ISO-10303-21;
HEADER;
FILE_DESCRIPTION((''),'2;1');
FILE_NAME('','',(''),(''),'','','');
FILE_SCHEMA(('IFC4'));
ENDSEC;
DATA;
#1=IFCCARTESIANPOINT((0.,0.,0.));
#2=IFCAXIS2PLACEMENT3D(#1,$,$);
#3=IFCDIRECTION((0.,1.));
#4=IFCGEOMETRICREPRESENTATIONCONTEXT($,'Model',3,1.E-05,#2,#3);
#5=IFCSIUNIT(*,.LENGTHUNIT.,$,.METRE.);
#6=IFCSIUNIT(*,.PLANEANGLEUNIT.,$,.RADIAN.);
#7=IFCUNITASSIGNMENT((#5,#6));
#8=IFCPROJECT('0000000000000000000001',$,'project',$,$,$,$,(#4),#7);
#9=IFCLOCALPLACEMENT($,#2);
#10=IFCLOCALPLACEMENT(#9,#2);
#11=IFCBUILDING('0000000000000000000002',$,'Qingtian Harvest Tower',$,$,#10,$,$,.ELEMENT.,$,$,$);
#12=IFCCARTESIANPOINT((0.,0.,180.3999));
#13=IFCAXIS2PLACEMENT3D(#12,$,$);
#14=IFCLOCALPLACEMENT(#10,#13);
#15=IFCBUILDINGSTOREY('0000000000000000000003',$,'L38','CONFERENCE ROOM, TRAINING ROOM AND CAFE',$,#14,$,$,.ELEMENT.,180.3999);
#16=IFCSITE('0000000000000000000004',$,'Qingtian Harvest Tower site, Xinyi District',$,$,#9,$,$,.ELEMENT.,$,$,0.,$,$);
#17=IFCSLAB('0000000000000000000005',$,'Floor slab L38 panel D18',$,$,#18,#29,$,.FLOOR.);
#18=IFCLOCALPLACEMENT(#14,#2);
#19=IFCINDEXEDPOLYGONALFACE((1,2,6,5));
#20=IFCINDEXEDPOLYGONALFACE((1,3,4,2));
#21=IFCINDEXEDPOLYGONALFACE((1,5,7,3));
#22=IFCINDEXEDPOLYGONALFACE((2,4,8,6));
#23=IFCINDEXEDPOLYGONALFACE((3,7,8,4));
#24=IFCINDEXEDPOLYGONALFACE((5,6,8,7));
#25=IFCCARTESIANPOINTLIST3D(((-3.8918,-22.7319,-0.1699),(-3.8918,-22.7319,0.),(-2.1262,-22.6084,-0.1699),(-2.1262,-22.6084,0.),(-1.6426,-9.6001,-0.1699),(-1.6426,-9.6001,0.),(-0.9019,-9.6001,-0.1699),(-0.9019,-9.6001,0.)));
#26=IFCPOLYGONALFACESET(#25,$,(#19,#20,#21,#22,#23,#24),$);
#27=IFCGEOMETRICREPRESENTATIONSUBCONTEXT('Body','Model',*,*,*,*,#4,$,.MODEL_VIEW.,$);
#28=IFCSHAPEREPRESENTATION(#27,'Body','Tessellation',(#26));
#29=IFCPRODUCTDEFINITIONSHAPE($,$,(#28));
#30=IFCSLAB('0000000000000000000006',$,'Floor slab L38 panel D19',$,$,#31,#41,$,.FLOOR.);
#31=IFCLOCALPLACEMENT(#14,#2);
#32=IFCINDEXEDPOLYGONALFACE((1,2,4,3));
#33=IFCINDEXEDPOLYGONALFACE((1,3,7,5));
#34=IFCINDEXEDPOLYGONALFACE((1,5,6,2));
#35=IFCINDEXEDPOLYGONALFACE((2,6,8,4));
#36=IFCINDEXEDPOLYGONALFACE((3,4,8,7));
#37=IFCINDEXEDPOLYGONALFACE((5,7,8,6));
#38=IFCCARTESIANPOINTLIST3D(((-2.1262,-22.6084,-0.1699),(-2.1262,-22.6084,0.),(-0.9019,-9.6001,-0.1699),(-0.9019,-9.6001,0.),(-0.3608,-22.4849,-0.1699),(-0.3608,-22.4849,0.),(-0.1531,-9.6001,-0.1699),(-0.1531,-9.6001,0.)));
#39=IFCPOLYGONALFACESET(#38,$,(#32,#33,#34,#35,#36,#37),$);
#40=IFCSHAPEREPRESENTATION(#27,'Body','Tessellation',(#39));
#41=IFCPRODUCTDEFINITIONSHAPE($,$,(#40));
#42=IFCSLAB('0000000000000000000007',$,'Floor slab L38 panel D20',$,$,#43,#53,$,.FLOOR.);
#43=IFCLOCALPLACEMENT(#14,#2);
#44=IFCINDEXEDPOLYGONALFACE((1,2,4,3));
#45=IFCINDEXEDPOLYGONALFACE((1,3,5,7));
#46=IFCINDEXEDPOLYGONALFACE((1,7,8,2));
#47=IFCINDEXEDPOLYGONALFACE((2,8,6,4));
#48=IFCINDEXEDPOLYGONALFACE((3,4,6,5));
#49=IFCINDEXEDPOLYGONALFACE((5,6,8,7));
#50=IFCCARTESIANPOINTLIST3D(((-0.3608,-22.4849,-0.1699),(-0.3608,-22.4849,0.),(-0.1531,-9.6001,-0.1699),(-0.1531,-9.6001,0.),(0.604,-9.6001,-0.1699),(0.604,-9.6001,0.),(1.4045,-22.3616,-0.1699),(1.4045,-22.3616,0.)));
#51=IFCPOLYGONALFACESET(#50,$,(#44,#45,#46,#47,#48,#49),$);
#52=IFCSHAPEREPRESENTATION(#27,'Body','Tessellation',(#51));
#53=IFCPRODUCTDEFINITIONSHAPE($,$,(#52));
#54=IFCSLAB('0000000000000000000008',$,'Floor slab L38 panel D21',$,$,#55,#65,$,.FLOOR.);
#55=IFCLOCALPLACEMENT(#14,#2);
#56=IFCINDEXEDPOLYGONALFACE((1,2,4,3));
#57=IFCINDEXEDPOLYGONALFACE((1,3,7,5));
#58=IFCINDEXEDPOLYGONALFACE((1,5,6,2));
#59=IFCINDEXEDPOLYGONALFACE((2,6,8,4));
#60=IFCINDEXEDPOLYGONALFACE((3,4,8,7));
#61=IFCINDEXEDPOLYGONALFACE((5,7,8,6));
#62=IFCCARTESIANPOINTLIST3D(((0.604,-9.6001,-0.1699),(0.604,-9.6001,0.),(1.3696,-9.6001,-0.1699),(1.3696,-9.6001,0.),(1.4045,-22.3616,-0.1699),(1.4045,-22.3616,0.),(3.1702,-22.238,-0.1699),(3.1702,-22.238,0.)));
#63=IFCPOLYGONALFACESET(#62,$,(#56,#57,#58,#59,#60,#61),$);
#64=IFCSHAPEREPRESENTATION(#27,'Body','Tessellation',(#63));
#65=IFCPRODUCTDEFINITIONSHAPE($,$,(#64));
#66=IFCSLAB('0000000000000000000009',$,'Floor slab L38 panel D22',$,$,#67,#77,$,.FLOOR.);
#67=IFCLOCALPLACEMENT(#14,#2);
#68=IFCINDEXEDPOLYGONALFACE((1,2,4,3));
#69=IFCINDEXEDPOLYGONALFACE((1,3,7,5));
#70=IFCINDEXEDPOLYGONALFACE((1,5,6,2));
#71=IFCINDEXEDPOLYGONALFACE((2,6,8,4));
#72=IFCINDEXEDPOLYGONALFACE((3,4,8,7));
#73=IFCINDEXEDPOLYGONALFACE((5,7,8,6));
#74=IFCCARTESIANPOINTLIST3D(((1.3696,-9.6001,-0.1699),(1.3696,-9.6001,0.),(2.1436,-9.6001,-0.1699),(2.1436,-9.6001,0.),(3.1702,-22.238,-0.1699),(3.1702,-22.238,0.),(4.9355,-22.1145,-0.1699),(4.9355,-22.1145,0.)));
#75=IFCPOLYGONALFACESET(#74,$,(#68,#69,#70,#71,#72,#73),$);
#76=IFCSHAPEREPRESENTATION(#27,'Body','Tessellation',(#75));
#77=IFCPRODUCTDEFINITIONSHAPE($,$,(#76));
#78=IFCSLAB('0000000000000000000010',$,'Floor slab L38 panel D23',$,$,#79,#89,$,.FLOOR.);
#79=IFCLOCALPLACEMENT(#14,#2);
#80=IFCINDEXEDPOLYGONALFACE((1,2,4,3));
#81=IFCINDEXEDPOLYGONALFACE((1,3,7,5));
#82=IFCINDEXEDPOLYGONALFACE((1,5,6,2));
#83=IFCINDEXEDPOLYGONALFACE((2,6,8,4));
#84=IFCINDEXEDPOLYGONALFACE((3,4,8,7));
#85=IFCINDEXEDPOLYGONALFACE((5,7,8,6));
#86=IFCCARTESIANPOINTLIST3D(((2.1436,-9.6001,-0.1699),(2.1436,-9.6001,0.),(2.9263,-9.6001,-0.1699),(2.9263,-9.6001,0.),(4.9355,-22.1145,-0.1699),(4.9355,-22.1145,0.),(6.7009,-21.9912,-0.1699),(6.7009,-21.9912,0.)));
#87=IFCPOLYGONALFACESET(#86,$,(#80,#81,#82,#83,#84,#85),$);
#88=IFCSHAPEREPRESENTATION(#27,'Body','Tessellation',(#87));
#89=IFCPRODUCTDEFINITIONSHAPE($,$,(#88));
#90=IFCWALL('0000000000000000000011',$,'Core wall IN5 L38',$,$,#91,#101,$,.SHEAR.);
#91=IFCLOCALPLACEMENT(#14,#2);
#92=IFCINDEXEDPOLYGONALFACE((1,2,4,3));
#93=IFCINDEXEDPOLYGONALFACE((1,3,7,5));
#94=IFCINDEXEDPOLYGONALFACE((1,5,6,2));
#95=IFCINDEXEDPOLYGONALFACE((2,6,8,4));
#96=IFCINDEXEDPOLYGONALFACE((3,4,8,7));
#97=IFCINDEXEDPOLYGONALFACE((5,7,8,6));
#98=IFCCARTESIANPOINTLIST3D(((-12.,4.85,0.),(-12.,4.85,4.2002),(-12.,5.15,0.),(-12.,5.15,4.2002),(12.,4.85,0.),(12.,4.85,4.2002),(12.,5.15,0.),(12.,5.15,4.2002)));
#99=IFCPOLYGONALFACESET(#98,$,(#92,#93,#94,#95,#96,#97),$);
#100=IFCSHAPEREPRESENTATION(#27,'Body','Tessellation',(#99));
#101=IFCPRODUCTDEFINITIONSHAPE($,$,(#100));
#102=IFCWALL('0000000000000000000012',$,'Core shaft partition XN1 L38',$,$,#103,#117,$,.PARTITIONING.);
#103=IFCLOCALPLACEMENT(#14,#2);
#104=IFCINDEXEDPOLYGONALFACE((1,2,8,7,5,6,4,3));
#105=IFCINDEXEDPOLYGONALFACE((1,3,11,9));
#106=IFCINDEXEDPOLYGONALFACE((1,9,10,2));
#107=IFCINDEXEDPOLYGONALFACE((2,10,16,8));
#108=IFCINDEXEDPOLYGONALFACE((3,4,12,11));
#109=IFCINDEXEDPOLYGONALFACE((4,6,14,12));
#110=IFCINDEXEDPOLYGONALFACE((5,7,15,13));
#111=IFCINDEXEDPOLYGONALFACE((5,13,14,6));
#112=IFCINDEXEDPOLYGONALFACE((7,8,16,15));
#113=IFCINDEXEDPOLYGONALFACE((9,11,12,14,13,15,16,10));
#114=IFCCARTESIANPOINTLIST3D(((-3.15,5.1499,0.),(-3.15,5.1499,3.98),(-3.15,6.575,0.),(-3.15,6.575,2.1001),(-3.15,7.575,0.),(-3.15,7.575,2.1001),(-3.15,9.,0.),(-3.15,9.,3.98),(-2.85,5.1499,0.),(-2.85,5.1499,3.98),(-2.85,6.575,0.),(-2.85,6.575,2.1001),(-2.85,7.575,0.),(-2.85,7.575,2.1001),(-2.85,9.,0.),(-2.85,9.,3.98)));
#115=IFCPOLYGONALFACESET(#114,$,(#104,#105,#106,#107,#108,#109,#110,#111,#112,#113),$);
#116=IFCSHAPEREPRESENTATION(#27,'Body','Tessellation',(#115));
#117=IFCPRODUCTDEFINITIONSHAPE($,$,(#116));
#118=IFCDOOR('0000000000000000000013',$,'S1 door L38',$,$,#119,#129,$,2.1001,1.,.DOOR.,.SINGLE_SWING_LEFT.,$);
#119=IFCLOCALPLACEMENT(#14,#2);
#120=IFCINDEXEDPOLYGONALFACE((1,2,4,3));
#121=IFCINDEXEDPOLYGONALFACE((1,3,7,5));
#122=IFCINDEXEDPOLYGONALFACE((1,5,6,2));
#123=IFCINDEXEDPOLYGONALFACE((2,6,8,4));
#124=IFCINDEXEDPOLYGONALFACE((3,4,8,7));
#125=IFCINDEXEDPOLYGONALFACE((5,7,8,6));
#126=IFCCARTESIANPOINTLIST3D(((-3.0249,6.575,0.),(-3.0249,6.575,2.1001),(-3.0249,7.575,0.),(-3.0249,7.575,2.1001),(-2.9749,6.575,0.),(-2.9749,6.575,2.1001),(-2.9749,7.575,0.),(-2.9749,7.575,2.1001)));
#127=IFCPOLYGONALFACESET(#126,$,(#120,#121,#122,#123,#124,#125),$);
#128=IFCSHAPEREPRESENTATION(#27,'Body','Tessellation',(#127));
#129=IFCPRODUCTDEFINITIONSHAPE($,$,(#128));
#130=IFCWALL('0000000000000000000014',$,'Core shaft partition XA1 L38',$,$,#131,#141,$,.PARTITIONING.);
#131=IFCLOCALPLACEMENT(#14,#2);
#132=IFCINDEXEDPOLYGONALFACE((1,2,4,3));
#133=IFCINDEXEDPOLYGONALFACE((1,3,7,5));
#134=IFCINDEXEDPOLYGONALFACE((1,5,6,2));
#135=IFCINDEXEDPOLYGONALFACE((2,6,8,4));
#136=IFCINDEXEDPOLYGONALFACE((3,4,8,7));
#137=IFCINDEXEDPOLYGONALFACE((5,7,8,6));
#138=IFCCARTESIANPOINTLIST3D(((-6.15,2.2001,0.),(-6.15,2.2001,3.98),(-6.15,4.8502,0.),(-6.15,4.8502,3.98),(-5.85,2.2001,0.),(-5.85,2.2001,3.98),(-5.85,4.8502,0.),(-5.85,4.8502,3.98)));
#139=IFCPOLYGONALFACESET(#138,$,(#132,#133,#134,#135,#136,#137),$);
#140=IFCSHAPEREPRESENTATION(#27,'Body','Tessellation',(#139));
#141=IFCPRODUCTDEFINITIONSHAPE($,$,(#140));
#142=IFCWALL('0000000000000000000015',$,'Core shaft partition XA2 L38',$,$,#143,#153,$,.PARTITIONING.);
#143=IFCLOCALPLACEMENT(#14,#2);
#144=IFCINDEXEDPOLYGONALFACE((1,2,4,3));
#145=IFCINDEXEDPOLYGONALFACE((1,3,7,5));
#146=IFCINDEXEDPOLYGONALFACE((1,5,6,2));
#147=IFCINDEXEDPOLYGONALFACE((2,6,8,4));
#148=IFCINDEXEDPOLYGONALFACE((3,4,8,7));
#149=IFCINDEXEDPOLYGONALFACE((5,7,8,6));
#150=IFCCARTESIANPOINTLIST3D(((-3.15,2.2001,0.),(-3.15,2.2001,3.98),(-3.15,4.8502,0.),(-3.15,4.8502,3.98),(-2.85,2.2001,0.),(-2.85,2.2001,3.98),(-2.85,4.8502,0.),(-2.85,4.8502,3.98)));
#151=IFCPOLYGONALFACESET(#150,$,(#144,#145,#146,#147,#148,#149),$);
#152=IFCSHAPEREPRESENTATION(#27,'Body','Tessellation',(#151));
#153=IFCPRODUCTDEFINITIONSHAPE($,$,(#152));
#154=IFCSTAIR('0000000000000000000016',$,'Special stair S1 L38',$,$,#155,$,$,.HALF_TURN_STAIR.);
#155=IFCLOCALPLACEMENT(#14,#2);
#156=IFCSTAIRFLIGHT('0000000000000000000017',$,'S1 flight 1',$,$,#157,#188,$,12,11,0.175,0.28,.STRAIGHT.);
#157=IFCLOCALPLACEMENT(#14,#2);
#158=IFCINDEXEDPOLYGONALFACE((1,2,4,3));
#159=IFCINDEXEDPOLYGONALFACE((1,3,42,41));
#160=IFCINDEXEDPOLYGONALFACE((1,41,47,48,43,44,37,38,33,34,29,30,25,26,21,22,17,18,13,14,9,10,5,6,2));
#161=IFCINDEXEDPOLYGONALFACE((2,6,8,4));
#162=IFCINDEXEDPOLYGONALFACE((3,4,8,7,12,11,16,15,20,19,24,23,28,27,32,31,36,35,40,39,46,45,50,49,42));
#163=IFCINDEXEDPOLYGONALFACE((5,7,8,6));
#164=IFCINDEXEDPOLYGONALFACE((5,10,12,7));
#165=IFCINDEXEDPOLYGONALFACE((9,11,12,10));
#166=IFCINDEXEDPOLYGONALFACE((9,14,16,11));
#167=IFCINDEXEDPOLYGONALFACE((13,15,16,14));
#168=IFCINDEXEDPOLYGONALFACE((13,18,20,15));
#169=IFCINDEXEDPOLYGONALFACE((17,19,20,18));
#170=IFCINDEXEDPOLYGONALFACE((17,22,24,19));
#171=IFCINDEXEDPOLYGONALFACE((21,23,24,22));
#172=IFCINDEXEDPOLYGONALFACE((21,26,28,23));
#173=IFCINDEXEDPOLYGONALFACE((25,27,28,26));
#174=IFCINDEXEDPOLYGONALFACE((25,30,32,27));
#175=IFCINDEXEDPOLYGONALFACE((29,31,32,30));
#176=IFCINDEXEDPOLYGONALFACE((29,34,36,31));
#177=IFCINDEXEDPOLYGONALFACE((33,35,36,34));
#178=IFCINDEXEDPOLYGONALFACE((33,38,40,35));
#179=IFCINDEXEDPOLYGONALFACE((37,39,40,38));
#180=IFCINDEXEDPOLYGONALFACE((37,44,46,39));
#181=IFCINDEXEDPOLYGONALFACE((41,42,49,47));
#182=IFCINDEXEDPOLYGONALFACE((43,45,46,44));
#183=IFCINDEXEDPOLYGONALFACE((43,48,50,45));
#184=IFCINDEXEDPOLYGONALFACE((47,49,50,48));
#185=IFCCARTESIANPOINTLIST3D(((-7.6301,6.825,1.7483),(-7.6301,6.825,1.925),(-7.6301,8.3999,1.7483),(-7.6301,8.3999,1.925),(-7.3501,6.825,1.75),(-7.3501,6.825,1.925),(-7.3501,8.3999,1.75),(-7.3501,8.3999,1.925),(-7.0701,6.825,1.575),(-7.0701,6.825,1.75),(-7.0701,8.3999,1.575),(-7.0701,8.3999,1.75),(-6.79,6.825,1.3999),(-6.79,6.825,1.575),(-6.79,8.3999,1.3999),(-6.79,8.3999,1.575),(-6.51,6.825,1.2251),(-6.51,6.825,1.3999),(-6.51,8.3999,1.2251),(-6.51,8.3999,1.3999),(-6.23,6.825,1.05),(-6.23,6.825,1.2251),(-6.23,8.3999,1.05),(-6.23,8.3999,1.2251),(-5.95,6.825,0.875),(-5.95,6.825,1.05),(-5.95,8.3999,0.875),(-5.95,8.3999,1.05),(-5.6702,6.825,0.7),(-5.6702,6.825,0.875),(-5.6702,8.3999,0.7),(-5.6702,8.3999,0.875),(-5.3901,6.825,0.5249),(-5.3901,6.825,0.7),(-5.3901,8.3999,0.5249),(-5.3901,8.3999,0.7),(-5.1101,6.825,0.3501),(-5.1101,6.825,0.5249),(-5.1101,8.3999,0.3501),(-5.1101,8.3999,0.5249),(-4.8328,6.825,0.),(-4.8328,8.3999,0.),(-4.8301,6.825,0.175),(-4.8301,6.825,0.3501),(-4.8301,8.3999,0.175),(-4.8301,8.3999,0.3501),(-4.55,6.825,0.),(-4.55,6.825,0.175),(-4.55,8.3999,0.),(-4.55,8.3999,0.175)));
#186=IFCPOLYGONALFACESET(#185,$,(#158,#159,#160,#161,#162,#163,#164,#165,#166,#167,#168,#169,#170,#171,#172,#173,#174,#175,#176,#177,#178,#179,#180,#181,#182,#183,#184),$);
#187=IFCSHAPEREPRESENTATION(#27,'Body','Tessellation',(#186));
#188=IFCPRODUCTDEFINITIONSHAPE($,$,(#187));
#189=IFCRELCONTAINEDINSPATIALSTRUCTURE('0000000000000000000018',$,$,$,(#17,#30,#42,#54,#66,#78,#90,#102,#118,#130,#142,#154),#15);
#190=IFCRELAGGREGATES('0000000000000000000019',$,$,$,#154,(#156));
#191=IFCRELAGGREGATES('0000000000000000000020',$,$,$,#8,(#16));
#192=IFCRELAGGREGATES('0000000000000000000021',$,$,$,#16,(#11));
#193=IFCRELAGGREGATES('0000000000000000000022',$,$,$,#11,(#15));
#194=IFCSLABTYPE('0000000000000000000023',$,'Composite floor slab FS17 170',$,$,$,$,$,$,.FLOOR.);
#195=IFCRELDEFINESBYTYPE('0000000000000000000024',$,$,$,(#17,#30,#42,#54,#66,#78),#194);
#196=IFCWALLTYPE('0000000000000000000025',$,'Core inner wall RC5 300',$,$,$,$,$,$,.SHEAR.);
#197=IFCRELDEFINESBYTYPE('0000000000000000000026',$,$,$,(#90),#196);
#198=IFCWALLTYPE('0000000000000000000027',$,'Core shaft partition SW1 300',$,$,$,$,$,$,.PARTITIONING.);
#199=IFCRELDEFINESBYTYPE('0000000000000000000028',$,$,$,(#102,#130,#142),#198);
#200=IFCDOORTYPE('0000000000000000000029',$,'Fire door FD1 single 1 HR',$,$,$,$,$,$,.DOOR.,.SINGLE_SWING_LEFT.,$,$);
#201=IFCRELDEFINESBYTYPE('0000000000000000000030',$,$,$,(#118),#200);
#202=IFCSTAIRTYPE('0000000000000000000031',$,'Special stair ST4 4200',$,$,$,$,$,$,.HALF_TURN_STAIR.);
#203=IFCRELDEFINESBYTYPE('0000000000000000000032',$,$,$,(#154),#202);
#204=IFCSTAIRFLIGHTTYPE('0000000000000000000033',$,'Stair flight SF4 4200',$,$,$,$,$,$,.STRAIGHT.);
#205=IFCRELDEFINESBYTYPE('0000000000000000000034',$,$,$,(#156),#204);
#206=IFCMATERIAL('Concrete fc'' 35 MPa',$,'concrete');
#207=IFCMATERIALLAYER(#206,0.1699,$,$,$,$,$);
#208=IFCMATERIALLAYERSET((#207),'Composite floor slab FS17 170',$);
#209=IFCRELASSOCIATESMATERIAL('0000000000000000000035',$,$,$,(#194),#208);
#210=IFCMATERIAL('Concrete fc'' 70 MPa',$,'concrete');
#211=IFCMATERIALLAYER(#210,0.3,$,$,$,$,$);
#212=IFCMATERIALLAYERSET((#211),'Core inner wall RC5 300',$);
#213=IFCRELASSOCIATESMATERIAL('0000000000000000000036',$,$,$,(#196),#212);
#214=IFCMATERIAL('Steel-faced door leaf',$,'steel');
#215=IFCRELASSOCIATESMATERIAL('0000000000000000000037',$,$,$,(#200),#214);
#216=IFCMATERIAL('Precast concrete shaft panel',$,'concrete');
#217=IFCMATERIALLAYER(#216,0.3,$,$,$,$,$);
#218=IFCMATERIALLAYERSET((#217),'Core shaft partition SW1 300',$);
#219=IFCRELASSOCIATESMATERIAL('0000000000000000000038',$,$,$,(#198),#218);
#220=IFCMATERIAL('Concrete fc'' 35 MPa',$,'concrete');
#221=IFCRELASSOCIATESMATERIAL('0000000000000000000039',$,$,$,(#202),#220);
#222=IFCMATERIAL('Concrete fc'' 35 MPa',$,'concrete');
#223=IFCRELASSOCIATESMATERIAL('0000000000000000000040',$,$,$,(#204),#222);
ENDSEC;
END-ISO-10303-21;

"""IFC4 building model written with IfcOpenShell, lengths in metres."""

from ifc_helpers import new_model, si_unit, direction, frame, frame_2d, origin, place, context, subcontext, project, spatial, polyline, rectangle, outline, extrude, material, layer, layer_set, type_object, element, fill, aggregate, save


model = new_model("IFC4")

# Units and contexts
model_context = context("Model", 3, precision=1e-05, world=origin(), true_north=direction((0.0, 1.0)))
body_context = subcontext(model_context, "Body", "Model", "MODEL_VIEW")
ifc_project = project(units=[si_unit("LENGTHUNIT", "METRE"), si_unit("PLANEANGLEUNIT", "RADIAN")], contexts=[model_context])

# Site, building, storey
site_placement = place(None, origin())
site = spatial("IfcSite", under=ifc_project, at=site_placement, Name="Qingtian Harvest Tower site, Xinyi District", CompositionType="ELEMENT", RefElevation=0.0)
building_placement = place(site_placement, origin())
building = spatial("IfcBuilding", under=site, at=building_placement, Name="Qingtian Harvest Tower", CompositionType="ELEMENT")
storey_placement = place(building_placement, frame((0.0, 0.0, 180.3999)))
storey = spatial("IfcBuildingStorey", under=building, at=storey_placement, Name="L38", Description="CONFERENCE ROOM, TRAINING ROOM AND CAFE", CompositionType="ELEMENT", Elevation=180.3999)

# Slabs
ifc_material_1 = material(Name="Concrete fc' 35 MPa", Category="concrete")
ifc_layer_1 = layer(ifc_material_1, 0.1699)
ifc_layer_set_1 = layer_set([ifc_layer_1], Name="Composite floor slab FS17 170")
slab_type = type_object("IfcSlabType", Name="Composite floor slab FS17 170", PredefinedType="FLOOR", material=ifc_layer_set_1)
slab_1_placement = place(storey_placement, frame((0.0, 0.0, -0.1699)))
element("IfcSlab", 1, at=slab_1_placement, inside=storey, type_object=slab_type, Name="Floor slab L38 panel D18", PredefinedType="FLOOR", context=body_context, shape_type="SweptSolid", body=[
    extrude(outline(polyline([(-0.9019, -9.6001), (-2.1262, -22.6084), (-3.8918, -22.7319), (-1.6426, -9.6001), (-0.9019, -9.6001)])), origin(), (0.0, 0.0, 1.0), 0.1699),
])
slab_2_placement = place(storey_placement, frame((0.0, 0.0, -0.1699)))
element("IfcSlab", 2, at=slab_2_placement, inside=storey, type_object=slab_type, Name="Floor slab L38 panel D19", PredefinedType="FLOOR", context=body_context, shape_type="SweptSolid", body=[
    extrude(outline(polyline([(-0.1531, -9.6001), (-0.3608, -22.4849), (-2.1262, -22.6084), (-0.9019, -9.6001), (-0.1531, -9.6001)])), origin(), (0.0, 0.0, 1.0), 0.1699),
])
slab_3_placement = place(storey_placement, frame((0.0, 0.0, -0.1699)))
element("IfcSlab", 3, at=slab_3_placement, inside=storey, type_object=slab_type, Name="Floor slab L38 panel D20", PredefinedType="FLOOR", context=body_context, shape_type="SweptSolid", body=[
    extrude(outline(polyline([(0.604, -9.6001), (1.4045, -22.3616), (-0.3608, -22.4849), (-0.1531, -9.6001), (0.604, -9.6001)])), origin(), (0.0, 0.0, 1.0), 0.1699),
])
slab_4_placement = place(storey_placement, frame((0.0, 0.0, -0.1699)))
element("IfcSlab", 4, at=slab_4_placement, inside=storey, type_object=slab_type, Name="Floor slab L38 panel D21", PredefinedType="FLOOR", context=body_context, shape_type="SweptSolid", body=[
    extrude(outline(polyline([(1.3696, -9.6001), (3.1702, -22.238), (1.4045, -22.3616), (0.604, -9.6001), (1.3696, -9.6001)])), origin(), (0.0, 0.0, 1.0), 0.1699),
])
slab_5_placement = place(storey_placement, frame((0.0, 0.0, -0.1699)))
element("IfcSlab", 5, at=slab_5_placement, inside=storey, type_object=slab_type, Name="Floor slab L38 panel D22", PredefinedType="FLOOR", context=body_context, shape_type="SweptSolid", body=[
    extrude(outline(polyline([(2.1436, -9.6001), (4.9355, -22.1145), (3.1702, -22.238), (1.3696, -9.6001), (2.1436, -9.6001)])), origin(), (0.0, 0.0, 1.0), 0.1699),
])
slab_6_placement = place(storey_placement, frame((0.0, 0.0, -0.1699)))
element("IfcSlab", 6, at=slab_6_placement, inside=storey, type_object=slab_type, Name="Floor slab L38 panel D23", PredefinedType="FLOOR", context=body_context, shape_type="SweptSolid", body=[
    extrude(outline(polyline([(2.9263, -9.6001), (6.7009, -21.9912), (4.9355, -22.1145), (2.1436, -9.6001), (2.9263, -9.6001)])), origin(), (0.0, 0.0, 1.0), 0.1699),
])

# Wall
ifc_material_2 = material(Name="Concrete fc' 70 MPa", Category="concrete")
ifc_layer_2 = layer(ifc_material_2, 0.3)
ifc_layer_set_2 = layer_set([ifc_layer_2], Name="Core inner wall RC5 300")
wall_type_1 = type_object("IfcWallType", Name="Core inner wall RC5 300", PredefinedType="SHEAR", material=ifc_layer_set_2)
wall_1_placement = place(storey_placement, frame((-12.0, 5.0, 0.0), z_axis=(0.0, 0.0, 1.0), x_axis=(1.0, 0.0, 0.0)))
element("IfcWall", 7, at=wall_1_placement, inside=storey, type_object=wall_type_1, Name="Core wall IN5 L38", PredefinedType="SHEAR", context=body_context, shape_type="SweptSolid", body=[
    extrude(rectangle(XDim=24.0, YDim=0.3, at=frame_2d((12.0, 0.0))), origin(), (0.0, 0.0, 1.0), 4.2002),
])

# Shared definitions
ifc_material_3 = material(Name="Steel-faced door leaf", Category="steel")
door_type_1 = type_object("IfcDoorType", Name="Fire door FD1 single 1 HR", OperationType="SINGLE_SWING_LEFT", PredefinedType="DOOR", material=ifc_material_3)

# Wall, opening, door
ifc_material_4 = material(Name="Precast concrete shaft panel", Category="concrete")
ifc_layer_3 = layer(ifc_material_4, 0.3)
ifc_layer_set_3 = layer_set([ifc_layer_3], Name="Core shaft partition SW1 300")
wall_type_2 = type_object("IfcWallType", Name="Core shaft partition SW1 300", PredefinedType="PARTITIONING", material=ifc_layer_set_3)
wall_2_placement = place(storey_placement, frame((-3.0, 5.1499, 0.0), z_axis=(0.0, 0.0, 1.0), x_axis=(0.0, 1.0, 0.0)))
wall_2 = element("IfcWall", 8, at=wall_2_placement, inside=storey, type_object=wall_type_2, Name="Core shaft partition XN1 L38", PredefinedType="PARTITIONING", context=body_context, shape_type="SweptSolid", body=[
    extrude(rectangle(XDim=3.8501, YDim=0.3, at=frame_2d((1.925, 0.0))), origin(), (0.0, 0.0, 1.0), 3.98),
])
opening_1_placement = place(wall_2_placement, frame((1.425, 0.0, 0.0)))
opening_1 = element("IfcOpeningElement", 9, at=opening_1_placement, cuts=wall_2, PredefinedType="OPENING", context=body_context, shape_type="SweptSolid", body=[
    extrude(rectangle(XDim=1.0, YDim=2.1001, at=frame_2d((0.5, 1.05))), frame((0.0, 0.1599, 0.0), z_axis=(0.0, -1.0, 0.0), x_axis=(1.0, 0.0, 0.0)), (0.0, 0.0, 1.0), 0.3201),
])
door_1_placement = place(opening_1_placement, origin())
door_1 = element("IfcDoor", 10, at=door_1_placement, inside=storey, type_object=door_type_1, Name="S1 door L38", OperationType="SINGLE_SWING_LEFT", OverallHeight=2.1001, OverallWidth=1.0, PredefinedType="DOOR", context=body_context, shape_type="SweptSolid", body=[
    extrude(rectangle(XDim=1.0, YDim=2.1001, at=frame_2d((0.5, 1.05))), frame((0.0, 0.0249, 0.0), z_axis=(0.0, -1.0, 0.0), x_axis=(1.0, 0.0, 0.0)), (0.0, 0.0, 1.0), 0.05),
])
fill(opening_1, door_1)

# Walls
for number, where, z_axis, x_axis, name in (
    (11, (-6.0, 2.2, 0.0), (0.0, 0.0, 1.0), (0.0, 1.0, 0.0), "Core shaft partition XA1 L38"),
    (12, (-3.0, 2.2, 0.0), (0.0, 0.0, 1.0), (0.0, 1.0, 0.0), "Core shaft partition XA2 L38"),
):
    element("IfcWall", number, at=place(storey_placement, frame(where, z_axis=z_axis, x_axis=x_axis)), inside=storey, type_object=wall_type_2, Name=name, PredefinedType="PARTITIONING", context=body_context, shape_type="SweptSolid", body=[
        extrude(rectangle(XDim=2.6501, YDim=0.3, at=frame_2d((1.3252, 0.0))), origin(), (0.0, 0.0, 1.0), 3.98),
    ])

# Stair, stair flight
ifc_material_5 = material(Name="Concrete fc' 35 MPa", Category="concrete")
stair_type = type_object("IfcStairType", Name="Special stair ST4 4200", PredefinedType="HALF_TURN_STAIR", material=ifc_material_5)
stair_placement = place(storey_placement, origin())
stair = element("IfcStair", 13, at=stair_placement, inside=storey, type_object=stair_type, Name="Special stair S1 L38", PredefinedType="HALF_TURN_STAIR")
ifc_material_6 = material(Name="Concrete fc' 35 MPa", Category="concrete")
stair_flight_type = type_object("IfcStairFlightType", Name="Stair flight SF4 4200", PredefinedType="STRAIGHT", material=ifc_material_6)
stair_flight_1_placement = place(storey_placement, frame((-4.55, 7.6125, 0.0), z_axis=(0.0, 0.0, 1.0), x_axis=(-1.0, 0.0, 0.0)))
stair_flight_1 = element("IfcStairFlight", 14, at=stair_flight_1_placement, type_object=stair_flight_type, Name="S1 flight 1", NumberOfRisers=12, NumberOfTreads=11, PredefinedType="STRAIGHT", RiserHeight=0.175, TreadLength=0.28, context=body_context, shape_type="SweptSolid", body=[
    extrude(outline(polyline([(0.0, 0.0), (0.0, 0.175), (0.28, 0.175), (0.28, 0.3501), (0.5601, 0.3501), (0.5601, 0.5249), (0.8401, 0.5249), (0.8401, 0.7), (1.1201, 0.7), (1.1201, 0.875), (1.3999, 0.875), (1.3999, 1.05), (1.6799, 1.05), (1.6799, 1.2251), (1.96, 1.2251), (1.96, 1.3999), (2.24, 1.3999), (2.24, 1.575), (2.52, 1.575), (2.52, 1.75), (2.8, 1.75), (2.8, 1.925), (3.0801, 1.925), (3.0801, 2.1001), (3.0801, 1.7483), (0.2827, 0.0), (0.0, 0.0)])), frame((0.0, 0.7876, 0.0), z_axis=(0.0, -1.0, 0.0), x_axis=(1.0, 0.0, 0.0)), (0.0, 0.0, 1.0), 1.575),
])
aggregate(stair, [stair_flight_1])

save(model, "model.ifc")
